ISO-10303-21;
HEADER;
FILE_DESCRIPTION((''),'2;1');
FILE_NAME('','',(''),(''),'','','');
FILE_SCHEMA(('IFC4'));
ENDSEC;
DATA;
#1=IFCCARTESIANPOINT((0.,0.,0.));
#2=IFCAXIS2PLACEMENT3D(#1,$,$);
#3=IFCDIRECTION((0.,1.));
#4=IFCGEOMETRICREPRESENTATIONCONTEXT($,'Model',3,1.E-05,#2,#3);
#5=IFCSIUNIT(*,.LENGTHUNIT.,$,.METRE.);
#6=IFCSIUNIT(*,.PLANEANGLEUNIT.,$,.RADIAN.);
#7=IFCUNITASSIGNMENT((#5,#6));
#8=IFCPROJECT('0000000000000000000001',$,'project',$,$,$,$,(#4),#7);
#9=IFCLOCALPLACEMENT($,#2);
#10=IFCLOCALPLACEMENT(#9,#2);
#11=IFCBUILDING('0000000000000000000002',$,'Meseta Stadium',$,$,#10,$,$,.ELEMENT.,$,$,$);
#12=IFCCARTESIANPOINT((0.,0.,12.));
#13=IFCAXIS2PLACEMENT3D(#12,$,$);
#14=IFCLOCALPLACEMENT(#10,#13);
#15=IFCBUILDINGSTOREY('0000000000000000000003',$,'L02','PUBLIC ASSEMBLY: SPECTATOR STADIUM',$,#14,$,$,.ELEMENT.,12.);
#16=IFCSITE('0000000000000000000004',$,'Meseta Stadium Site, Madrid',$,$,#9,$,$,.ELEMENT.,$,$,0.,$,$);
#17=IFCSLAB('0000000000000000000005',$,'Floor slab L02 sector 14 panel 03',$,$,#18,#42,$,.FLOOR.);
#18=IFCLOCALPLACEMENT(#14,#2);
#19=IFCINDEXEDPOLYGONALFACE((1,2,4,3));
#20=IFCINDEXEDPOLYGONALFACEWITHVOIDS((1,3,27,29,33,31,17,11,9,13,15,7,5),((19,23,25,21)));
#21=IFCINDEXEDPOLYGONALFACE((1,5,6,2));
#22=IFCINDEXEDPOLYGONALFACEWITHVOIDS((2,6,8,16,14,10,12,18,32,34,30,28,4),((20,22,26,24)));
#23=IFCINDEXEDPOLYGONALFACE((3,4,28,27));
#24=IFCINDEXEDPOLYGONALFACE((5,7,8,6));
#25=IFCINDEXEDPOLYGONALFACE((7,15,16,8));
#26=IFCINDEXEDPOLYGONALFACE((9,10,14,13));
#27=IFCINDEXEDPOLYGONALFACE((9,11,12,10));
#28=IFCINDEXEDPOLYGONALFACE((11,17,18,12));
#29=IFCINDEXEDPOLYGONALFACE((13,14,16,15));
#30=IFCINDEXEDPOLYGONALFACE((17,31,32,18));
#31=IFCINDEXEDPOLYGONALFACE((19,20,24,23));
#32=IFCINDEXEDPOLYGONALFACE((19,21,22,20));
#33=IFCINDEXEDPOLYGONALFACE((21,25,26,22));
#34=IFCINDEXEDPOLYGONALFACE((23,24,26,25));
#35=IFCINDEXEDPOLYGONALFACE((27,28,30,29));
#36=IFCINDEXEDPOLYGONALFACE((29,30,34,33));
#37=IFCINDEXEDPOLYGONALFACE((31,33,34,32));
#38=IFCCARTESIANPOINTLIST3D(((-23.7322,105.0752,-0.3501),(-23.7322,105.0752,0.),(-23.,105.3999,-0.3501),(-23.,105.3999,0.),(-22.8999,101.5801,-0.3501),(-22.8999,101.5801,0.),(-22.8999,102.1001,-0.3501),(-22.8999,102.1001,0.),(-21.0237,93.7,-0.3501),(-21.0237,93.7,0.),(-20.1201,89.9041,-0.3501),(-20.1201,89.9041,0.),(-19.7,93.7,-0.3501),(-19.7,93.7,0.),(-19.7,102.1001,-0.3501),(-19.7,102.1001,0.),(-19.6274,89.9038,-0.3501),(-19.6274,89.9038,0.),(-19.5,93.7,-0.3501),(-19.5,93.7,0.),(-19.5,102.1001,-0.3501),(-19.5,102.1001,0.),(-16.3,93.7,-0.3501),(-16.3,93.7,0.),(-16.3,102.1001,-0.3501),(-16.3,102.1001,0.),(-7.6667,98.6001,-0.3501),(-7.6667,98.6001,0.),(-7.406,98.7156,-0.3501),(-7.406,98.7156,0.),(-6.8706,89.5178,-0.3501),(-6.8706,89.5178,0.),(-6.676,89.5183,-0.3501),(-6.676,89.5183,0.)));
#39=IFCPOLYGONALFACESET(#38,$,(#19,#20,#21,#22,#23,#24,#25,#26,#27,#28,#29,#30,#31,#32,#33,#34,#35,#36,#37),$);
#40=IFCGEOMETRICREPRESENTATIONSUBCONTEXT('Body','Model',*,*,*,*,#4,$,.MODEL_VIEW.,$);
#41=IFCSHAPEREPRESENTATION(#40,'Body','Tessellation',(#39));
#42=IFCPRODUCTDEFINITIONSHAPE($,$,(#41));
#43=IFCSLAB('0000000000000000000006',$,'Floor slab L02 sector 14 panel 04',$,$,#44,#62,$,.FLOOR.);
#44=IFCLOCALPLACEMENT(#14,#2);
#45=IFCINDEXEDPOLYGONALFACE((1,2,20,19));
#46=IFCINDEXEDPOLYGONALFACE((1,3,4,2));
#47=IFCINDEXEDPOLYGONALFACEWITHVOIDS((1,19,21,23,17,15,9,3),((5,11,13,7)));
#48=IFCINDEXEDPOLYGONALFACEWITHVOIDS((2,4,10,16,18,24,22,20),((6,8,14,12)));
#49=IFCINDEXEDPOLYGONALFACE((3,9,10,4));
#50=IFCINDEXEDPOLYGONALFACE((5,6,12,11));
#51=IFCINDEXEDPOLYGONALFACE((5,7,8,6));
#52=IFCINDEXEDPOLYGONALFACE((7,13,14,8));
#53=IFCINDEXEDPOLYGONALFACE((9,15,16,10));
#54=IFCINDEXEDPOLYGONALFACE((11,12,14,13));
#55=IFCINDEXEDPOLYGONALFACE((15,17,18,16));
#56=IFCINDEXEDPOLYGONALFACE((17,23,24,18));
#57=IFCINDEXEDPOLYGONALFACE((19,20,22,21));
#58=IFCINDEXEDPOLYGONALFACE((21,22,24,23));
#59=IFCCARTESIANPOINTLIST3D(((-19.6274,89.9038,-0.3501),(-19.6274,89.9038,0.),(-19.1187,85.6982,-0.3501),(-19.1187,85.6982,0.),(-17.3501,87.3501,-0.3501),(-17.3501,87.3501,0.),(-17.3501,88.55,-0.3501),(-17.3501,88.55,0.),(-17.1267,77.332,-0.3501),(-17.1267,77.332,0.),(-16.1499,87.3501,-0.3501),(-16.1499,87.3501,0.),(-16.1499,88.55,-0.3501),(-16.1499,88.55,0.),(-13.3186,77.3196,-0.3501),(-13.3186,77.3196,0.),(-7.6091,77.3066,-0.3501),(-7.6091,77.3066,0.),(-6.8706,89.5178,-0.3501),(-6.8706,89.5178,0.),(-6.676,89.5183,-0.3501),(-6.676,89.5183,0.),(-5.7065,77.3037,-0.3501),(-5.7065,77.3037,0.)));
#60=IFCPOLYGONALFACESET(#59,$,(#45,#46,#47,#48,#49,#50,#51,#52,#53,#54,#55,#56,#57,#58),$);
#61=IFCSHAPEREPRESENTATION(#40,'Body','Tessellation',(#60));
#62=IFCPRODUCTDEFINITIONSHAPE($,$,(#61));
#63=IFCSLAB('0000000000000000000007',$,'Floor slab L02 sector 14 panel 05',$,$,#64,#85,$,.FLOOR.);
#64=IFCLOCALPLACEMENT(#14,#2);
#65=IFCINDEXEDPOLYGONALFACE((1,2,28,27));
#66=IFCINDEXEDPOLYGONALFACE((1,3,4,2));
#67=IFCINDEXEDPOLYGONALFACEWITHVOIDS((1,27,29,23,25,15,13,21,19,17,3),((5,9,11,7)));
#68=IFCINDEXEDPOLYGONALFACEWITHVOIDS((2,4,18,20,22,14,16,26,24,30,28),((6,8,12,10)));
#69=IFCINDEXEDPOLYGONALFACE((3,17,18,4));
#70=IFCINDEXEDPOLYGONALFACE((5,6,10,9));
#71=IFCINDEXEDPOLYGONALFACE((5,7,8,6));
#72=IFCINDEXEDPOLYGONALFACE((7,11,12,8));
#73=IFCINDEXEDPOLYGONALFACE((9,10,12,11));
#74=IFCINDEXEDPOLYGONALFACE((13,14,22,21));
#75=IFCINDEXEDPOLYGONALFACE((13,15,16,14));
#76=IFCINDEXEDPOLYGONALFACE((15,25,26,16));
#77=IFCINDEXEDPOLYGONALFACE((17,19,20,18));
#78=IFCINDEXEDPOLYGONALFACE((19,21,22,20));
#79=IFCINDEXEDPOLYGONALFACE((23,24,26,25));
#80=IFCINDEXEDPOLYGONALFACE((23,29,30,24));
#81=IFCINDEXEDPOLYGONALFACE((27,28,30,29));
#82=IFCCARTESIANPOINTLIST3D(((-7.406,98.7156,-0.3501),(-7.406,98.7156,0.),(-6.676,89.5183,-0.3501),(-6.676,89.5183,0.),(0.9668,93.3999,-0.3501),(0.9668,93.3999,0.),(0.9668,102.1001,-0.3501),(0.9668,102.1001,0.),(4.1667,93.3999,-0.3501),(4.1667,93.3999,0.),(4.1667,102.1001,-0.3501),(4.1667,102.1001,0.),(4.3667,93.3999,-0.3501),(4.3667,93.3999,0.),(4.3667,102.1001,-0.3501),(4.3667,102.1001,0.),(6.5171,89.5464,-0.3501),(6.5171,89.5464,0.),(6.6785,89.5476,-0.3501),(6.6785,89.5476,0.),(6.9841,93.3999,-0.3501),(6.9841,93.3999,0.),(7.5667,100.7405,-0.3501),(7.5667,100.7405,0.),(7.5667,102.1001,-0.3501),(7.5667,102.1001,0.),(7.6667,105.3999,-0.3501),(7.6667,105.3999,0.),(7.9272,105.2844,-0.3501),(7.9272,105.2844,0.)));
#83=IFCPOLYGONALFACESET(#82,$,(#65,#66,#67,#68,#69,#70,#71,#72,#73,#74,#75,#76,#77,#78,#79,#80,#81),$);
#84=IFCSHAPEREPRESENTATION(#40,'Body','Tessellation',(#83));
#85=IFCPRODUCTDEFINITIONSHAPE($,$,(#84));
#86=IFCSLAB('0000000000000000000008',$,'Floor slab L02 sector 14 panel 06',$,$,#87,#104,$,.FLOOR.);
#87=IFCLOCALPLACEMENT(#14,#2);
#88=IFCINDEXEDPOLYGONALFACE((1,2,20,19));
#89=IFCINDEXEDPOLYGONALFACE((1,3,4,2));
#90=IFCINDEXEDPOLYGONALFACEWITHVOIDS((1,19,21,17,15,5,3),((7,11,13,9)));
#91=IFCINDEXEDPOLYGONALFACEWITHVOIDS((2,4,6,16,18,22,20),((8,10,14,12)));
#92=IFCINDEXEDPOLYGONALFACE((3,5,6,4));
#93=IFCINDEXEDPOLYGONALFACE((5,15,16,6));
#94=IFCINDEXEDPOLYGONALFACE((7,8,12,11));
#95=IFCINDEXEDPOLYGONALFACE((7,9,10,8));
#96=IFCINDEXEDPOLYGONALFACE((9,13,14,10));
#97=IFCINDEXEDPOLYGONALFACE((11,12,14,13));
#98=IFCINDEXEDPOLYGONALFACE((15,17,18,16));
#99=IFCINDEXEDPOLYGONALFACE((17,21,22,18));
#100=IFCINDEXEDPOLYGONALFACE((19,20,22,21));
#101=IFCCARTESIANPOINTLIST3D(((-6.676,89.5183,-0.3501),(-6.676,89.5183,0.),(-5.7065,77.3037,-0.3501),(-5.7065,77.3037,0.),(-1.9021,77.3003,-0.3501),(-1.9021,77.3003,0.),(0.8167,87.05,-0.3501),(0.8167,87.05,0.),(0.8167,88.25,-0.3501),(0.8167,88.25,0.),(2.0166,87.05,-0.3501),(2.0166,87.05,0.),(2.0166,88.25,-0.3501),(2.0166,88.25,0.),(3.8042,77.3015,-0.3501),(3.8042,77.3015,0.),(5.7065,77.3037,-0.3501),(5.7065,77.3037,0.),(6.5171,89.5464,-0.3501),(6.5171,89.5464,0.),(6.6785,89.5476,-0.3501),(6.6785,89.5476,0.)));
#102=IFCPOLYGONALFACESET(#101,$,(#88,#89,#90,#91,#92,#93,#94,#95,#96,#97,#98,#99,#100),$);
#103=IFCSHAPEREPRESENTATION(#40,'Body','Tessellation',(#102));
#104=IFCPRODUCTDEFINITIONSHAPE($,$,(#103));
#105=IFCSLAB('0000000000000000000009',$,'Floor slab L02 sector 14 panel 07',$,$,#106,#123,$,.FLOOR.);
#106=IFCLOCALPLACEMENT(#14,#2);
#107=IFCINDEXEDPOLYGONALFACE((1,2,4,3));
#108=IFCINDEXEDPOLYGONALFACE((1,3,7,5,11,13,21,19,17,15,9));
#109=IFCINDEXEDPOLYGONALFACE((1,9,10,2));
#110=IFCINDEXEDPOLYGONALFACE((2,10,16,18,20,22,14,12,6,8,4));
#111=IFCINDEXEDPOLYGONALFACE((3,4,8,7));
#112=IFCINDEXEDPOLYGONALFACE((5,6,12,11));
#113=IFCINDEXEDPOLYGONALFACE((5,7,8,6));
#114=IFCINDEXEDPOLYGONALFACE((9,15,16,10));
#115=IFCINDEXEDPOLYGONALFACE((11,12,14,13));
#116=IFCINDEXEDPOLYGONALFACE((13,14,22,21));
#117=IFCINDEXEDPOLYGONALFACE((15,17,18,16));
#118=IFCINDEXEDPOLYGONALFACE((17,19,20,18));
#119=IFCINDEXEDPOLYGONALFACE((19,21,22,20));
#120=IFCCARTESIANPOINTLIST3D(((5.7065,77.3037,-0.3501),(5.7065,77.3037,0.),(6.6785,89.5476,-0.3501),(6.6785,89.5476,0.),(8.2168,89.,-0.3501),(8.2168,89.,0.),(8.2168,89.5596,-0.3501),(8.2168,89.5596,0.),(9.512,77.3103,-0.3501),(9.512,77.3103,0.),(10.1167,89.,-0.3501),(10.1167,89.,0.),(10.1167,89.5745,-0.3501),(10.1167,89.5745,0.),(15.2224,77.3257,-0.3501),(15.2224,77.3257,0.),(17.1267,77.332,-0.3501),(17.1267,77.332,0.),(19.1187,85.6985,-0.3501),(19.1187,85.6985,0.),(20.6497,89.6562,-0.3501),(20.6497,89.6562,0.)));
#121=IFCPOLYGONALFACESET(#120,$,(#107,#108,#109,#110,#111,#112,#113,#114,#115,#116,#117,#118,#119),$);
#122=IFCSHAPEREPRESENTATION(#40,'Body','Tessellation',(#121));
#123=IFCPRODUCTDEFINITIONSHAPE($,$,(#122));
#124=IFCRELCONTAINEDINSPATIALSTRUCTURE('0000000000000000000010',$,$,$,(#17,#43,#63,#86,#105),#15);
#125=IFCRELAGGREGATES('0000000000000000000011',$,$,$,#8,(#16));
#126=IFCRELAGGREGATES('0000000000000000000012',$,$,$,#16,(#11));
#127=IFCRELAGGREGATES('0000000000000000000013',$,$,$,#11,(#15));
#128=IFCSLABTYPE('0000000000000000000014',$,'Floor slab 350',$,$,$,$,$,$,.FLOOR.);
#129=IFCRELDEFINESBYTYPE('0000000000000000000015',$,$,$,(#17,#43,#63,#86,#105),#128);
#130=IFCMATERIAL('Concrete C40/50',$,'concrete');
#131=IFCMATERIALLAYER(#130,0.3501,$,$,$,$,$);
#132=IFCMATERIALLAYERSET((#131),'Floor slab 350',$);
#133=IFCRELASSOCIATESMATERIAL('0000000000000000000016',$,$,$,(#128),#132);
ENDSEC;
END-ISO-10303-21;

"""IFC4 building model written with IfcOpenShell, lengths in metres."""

from ifc_helpers import new_model, si_unit, direction, frame, origin, place, context, subcontext, project, spatial, polyline, outline, extrude, material, layer, layer_set, type_object, element, save


model = new_model("IFC4")

# Units and contexts
model_context = context("Model", 3, precision=1e-05, world=origin(), true_north=direction((0.0, 1.0)))
body_context = subcontext(model_context, "Body", "Model", "MODEL_VIEW")
ifc_project = project(units=[si_unit("LENGTHUNIT", "METRE"), si_unit("PLANEANGLEUNIT", "RADIAN")], contexts=[model_context])

# Site, building, storey
site_placement = place(None, origin())
site = spatial("IfcSite", under=ifc_project, at=site_placement, Name="Meseta Stadium Site, Madrid", CompositionType="ELEMENT", RefElevation=0.0)
building_placement = place(site_placement, origin())
building = spatial("IfcBuilding", under=site, at=building_placement, Name="Meseta Stadium", CompositionType="ELEMENT")
storey_placement = place(building_placement, frame((0.0, 0.0, 12.0)))
storey = spatial("IfcBuildingStorey", under=building, at=storey_placement, Name="L02", Description="PUBLIC ASSEMBLY: SPECTATOR STADIUM", CompositionType="ELEMENT", Elevation=12.0)

# Slabs
ifc_material = material(Name="Concrete C40/50", Category="concrete")
ifc_layer = layer(ifc_material, 0.3501)
ifc_layer_set = layer_set([ifc_layer], Name="Floor slab 350")
slab_type = type_object("IfcSlabType", Name="Floor slab 350", PredefinedType="FLOOR", material=ifc_layer_set)
slab_1_placement = place(storey_placement, frame((0.0, 0.0, -0.3501)))
element("IfcSlab", 1, at=slab_1_placement, inside=storey, type_object=slab_type, Name="Floor slab L02 sector 14 panel 03", PredefinedType="FLOOR", context=body_context, shape_type="SweptSolid", body=[
    extrude(outline(polyline([(-21.0237, 93.7), (-20.1201, 89.9041), (-19.6274, 89.9038), (-6.8706, 89.5178), (-6.676, 89.5183), (-7.406, 98.7156), (-7.6667, 98.6001), (-23.0, 105.3999), (-23.7322, 105.0752), (-22.8999, 101.5801), (-22.8999, 102.1001), (-19.7, 102.1001), (-19.7, 93.7), (-21.0237, 93.7)]), holes=[polyline([(-19.5, 102.1001), (-16.3, 102.1001), (-16.3, 93.7), (-19.5, 93.7), (-19.5, 102.1001)])]), origin(), (0.0, 0.0, 1.0), 0.3501),
])
slab_2_placement = place(storey_placement, frame((0.0, 0.0, -0.3501)))
element("IfcSlab", 2, at=slab_2_placement, inside=storey, type_object=slab_type, Name="Floor slab L02 sector 14 panel 04", PredefinedType="FLOOR", context=body_context, shape_type="SweptSolid", body=[
    extrude(outline(polyline([(-19.6274, 89.9038), (-19.1187, 85.6982), (-17.1267, 77.332), (-13.3186, 77.3196), (-7.6091, 77.3066), (-5.7065, 77.3037), (-6.676, 89.5183), (-6.8706, 89.5178), (-19.6274, 89.9038)]), holes=[polyline([(-17.3501, 88.55), (-16.1499, 88.55), (-16.1499, 87.3501), (-17.3501, 87.3501), (-17.3501, 88.55)])]), origin(), (0.0, 0.0, 1.0), 0.3501),
])
slab_3_placement = place(storey_placement, frame((0.0, 0.0, -0.3501)))
element("IfcSlab", 3, at=slab_3_placement, inside=storey, type_object=slab_type, Name="Floor slab L02 sector 14 panel 05", PredefinedType="FLOOR", context=body_context, shape_type="SweptSolid", body=[
    extrude(outline(polyline([(7.9272, 105.2844), (7.6667, 105.3999), (-7.406, 98.7156), (-6.676, 89.5183), (6.5171, 89.5464), (6.6785, 89.5476), (6.9841, 93.3999), (4.3667, 93.3999), (4.3667, 102.1001), (7.5667, 102.1001), (7.5667, 100.7405), (7.9272, 105.2844)]), holes=[polyline([(4.1667, 93.3999), (0.9668, 93.3999), (0.9668, 102.1001), (4.1667, 102.1001), (4.1667, 93.3999)])]), origin(), (0.0, 0.0, 1.0), 0.3501),
])
slab_4_placement = place(storey_placement, frame((0.0, 0.0, -0.3501)))
element("IfcSlab", 4, at=slab_4_placement, inside=storey, type_object=slab_type, Name="Floor slab L02 sector 14 panel 06", PredefinedType="FLOOR", context=body_context, shape_type="SweptSolid", body=[
    extrude(outline(polyline([(-5.7065, 77.3037), (-1.9021, 77.3003), (3.8042, 77.3015), (5.7065, 77.3037), (6.6785, 89.5476), (6.5171, 89.5464), (-6.676, 89.5183), (-5.7065, 77.3037)]), holes=[polyline([(0.8167, 87.05), (0.8167, 88.25), (2.0166, 88.25), (2.0166, 87.05), (0.8167, 87.05)])]), origin(), (0.0, 0.0, 1.0), 0.3501),
])
slab_5_placement = place(storey_placement, frame((0.0, 0.0, -0.3501)))
element("IfcSlab", 5, at=slab_5_placement, inside=storey, type_object=slab_type, Name="Floor slab L02 sector 14 panel 07", PredefinedType="FLOOR", context=body_context, shape_type="SweptSolid", body=[
    extrude(outline(polyline([(5.7065, 77.3037), (9.512, 77.3103), (15.2224, 77.3257), (17.1267, 77.332), (19.1187, 85.6985), (20.6497, 89.6562), (10.1167, 89.5745), (10.1167, 89.0), (8.2168, 89.0), (8.2168, 89.5596), (6.6785, 89.5476), (5.7065, 77.3037)])), origin(), (0.0, 0.0, 1.0), 0.3501),
])

save(model, "model.ifc")
